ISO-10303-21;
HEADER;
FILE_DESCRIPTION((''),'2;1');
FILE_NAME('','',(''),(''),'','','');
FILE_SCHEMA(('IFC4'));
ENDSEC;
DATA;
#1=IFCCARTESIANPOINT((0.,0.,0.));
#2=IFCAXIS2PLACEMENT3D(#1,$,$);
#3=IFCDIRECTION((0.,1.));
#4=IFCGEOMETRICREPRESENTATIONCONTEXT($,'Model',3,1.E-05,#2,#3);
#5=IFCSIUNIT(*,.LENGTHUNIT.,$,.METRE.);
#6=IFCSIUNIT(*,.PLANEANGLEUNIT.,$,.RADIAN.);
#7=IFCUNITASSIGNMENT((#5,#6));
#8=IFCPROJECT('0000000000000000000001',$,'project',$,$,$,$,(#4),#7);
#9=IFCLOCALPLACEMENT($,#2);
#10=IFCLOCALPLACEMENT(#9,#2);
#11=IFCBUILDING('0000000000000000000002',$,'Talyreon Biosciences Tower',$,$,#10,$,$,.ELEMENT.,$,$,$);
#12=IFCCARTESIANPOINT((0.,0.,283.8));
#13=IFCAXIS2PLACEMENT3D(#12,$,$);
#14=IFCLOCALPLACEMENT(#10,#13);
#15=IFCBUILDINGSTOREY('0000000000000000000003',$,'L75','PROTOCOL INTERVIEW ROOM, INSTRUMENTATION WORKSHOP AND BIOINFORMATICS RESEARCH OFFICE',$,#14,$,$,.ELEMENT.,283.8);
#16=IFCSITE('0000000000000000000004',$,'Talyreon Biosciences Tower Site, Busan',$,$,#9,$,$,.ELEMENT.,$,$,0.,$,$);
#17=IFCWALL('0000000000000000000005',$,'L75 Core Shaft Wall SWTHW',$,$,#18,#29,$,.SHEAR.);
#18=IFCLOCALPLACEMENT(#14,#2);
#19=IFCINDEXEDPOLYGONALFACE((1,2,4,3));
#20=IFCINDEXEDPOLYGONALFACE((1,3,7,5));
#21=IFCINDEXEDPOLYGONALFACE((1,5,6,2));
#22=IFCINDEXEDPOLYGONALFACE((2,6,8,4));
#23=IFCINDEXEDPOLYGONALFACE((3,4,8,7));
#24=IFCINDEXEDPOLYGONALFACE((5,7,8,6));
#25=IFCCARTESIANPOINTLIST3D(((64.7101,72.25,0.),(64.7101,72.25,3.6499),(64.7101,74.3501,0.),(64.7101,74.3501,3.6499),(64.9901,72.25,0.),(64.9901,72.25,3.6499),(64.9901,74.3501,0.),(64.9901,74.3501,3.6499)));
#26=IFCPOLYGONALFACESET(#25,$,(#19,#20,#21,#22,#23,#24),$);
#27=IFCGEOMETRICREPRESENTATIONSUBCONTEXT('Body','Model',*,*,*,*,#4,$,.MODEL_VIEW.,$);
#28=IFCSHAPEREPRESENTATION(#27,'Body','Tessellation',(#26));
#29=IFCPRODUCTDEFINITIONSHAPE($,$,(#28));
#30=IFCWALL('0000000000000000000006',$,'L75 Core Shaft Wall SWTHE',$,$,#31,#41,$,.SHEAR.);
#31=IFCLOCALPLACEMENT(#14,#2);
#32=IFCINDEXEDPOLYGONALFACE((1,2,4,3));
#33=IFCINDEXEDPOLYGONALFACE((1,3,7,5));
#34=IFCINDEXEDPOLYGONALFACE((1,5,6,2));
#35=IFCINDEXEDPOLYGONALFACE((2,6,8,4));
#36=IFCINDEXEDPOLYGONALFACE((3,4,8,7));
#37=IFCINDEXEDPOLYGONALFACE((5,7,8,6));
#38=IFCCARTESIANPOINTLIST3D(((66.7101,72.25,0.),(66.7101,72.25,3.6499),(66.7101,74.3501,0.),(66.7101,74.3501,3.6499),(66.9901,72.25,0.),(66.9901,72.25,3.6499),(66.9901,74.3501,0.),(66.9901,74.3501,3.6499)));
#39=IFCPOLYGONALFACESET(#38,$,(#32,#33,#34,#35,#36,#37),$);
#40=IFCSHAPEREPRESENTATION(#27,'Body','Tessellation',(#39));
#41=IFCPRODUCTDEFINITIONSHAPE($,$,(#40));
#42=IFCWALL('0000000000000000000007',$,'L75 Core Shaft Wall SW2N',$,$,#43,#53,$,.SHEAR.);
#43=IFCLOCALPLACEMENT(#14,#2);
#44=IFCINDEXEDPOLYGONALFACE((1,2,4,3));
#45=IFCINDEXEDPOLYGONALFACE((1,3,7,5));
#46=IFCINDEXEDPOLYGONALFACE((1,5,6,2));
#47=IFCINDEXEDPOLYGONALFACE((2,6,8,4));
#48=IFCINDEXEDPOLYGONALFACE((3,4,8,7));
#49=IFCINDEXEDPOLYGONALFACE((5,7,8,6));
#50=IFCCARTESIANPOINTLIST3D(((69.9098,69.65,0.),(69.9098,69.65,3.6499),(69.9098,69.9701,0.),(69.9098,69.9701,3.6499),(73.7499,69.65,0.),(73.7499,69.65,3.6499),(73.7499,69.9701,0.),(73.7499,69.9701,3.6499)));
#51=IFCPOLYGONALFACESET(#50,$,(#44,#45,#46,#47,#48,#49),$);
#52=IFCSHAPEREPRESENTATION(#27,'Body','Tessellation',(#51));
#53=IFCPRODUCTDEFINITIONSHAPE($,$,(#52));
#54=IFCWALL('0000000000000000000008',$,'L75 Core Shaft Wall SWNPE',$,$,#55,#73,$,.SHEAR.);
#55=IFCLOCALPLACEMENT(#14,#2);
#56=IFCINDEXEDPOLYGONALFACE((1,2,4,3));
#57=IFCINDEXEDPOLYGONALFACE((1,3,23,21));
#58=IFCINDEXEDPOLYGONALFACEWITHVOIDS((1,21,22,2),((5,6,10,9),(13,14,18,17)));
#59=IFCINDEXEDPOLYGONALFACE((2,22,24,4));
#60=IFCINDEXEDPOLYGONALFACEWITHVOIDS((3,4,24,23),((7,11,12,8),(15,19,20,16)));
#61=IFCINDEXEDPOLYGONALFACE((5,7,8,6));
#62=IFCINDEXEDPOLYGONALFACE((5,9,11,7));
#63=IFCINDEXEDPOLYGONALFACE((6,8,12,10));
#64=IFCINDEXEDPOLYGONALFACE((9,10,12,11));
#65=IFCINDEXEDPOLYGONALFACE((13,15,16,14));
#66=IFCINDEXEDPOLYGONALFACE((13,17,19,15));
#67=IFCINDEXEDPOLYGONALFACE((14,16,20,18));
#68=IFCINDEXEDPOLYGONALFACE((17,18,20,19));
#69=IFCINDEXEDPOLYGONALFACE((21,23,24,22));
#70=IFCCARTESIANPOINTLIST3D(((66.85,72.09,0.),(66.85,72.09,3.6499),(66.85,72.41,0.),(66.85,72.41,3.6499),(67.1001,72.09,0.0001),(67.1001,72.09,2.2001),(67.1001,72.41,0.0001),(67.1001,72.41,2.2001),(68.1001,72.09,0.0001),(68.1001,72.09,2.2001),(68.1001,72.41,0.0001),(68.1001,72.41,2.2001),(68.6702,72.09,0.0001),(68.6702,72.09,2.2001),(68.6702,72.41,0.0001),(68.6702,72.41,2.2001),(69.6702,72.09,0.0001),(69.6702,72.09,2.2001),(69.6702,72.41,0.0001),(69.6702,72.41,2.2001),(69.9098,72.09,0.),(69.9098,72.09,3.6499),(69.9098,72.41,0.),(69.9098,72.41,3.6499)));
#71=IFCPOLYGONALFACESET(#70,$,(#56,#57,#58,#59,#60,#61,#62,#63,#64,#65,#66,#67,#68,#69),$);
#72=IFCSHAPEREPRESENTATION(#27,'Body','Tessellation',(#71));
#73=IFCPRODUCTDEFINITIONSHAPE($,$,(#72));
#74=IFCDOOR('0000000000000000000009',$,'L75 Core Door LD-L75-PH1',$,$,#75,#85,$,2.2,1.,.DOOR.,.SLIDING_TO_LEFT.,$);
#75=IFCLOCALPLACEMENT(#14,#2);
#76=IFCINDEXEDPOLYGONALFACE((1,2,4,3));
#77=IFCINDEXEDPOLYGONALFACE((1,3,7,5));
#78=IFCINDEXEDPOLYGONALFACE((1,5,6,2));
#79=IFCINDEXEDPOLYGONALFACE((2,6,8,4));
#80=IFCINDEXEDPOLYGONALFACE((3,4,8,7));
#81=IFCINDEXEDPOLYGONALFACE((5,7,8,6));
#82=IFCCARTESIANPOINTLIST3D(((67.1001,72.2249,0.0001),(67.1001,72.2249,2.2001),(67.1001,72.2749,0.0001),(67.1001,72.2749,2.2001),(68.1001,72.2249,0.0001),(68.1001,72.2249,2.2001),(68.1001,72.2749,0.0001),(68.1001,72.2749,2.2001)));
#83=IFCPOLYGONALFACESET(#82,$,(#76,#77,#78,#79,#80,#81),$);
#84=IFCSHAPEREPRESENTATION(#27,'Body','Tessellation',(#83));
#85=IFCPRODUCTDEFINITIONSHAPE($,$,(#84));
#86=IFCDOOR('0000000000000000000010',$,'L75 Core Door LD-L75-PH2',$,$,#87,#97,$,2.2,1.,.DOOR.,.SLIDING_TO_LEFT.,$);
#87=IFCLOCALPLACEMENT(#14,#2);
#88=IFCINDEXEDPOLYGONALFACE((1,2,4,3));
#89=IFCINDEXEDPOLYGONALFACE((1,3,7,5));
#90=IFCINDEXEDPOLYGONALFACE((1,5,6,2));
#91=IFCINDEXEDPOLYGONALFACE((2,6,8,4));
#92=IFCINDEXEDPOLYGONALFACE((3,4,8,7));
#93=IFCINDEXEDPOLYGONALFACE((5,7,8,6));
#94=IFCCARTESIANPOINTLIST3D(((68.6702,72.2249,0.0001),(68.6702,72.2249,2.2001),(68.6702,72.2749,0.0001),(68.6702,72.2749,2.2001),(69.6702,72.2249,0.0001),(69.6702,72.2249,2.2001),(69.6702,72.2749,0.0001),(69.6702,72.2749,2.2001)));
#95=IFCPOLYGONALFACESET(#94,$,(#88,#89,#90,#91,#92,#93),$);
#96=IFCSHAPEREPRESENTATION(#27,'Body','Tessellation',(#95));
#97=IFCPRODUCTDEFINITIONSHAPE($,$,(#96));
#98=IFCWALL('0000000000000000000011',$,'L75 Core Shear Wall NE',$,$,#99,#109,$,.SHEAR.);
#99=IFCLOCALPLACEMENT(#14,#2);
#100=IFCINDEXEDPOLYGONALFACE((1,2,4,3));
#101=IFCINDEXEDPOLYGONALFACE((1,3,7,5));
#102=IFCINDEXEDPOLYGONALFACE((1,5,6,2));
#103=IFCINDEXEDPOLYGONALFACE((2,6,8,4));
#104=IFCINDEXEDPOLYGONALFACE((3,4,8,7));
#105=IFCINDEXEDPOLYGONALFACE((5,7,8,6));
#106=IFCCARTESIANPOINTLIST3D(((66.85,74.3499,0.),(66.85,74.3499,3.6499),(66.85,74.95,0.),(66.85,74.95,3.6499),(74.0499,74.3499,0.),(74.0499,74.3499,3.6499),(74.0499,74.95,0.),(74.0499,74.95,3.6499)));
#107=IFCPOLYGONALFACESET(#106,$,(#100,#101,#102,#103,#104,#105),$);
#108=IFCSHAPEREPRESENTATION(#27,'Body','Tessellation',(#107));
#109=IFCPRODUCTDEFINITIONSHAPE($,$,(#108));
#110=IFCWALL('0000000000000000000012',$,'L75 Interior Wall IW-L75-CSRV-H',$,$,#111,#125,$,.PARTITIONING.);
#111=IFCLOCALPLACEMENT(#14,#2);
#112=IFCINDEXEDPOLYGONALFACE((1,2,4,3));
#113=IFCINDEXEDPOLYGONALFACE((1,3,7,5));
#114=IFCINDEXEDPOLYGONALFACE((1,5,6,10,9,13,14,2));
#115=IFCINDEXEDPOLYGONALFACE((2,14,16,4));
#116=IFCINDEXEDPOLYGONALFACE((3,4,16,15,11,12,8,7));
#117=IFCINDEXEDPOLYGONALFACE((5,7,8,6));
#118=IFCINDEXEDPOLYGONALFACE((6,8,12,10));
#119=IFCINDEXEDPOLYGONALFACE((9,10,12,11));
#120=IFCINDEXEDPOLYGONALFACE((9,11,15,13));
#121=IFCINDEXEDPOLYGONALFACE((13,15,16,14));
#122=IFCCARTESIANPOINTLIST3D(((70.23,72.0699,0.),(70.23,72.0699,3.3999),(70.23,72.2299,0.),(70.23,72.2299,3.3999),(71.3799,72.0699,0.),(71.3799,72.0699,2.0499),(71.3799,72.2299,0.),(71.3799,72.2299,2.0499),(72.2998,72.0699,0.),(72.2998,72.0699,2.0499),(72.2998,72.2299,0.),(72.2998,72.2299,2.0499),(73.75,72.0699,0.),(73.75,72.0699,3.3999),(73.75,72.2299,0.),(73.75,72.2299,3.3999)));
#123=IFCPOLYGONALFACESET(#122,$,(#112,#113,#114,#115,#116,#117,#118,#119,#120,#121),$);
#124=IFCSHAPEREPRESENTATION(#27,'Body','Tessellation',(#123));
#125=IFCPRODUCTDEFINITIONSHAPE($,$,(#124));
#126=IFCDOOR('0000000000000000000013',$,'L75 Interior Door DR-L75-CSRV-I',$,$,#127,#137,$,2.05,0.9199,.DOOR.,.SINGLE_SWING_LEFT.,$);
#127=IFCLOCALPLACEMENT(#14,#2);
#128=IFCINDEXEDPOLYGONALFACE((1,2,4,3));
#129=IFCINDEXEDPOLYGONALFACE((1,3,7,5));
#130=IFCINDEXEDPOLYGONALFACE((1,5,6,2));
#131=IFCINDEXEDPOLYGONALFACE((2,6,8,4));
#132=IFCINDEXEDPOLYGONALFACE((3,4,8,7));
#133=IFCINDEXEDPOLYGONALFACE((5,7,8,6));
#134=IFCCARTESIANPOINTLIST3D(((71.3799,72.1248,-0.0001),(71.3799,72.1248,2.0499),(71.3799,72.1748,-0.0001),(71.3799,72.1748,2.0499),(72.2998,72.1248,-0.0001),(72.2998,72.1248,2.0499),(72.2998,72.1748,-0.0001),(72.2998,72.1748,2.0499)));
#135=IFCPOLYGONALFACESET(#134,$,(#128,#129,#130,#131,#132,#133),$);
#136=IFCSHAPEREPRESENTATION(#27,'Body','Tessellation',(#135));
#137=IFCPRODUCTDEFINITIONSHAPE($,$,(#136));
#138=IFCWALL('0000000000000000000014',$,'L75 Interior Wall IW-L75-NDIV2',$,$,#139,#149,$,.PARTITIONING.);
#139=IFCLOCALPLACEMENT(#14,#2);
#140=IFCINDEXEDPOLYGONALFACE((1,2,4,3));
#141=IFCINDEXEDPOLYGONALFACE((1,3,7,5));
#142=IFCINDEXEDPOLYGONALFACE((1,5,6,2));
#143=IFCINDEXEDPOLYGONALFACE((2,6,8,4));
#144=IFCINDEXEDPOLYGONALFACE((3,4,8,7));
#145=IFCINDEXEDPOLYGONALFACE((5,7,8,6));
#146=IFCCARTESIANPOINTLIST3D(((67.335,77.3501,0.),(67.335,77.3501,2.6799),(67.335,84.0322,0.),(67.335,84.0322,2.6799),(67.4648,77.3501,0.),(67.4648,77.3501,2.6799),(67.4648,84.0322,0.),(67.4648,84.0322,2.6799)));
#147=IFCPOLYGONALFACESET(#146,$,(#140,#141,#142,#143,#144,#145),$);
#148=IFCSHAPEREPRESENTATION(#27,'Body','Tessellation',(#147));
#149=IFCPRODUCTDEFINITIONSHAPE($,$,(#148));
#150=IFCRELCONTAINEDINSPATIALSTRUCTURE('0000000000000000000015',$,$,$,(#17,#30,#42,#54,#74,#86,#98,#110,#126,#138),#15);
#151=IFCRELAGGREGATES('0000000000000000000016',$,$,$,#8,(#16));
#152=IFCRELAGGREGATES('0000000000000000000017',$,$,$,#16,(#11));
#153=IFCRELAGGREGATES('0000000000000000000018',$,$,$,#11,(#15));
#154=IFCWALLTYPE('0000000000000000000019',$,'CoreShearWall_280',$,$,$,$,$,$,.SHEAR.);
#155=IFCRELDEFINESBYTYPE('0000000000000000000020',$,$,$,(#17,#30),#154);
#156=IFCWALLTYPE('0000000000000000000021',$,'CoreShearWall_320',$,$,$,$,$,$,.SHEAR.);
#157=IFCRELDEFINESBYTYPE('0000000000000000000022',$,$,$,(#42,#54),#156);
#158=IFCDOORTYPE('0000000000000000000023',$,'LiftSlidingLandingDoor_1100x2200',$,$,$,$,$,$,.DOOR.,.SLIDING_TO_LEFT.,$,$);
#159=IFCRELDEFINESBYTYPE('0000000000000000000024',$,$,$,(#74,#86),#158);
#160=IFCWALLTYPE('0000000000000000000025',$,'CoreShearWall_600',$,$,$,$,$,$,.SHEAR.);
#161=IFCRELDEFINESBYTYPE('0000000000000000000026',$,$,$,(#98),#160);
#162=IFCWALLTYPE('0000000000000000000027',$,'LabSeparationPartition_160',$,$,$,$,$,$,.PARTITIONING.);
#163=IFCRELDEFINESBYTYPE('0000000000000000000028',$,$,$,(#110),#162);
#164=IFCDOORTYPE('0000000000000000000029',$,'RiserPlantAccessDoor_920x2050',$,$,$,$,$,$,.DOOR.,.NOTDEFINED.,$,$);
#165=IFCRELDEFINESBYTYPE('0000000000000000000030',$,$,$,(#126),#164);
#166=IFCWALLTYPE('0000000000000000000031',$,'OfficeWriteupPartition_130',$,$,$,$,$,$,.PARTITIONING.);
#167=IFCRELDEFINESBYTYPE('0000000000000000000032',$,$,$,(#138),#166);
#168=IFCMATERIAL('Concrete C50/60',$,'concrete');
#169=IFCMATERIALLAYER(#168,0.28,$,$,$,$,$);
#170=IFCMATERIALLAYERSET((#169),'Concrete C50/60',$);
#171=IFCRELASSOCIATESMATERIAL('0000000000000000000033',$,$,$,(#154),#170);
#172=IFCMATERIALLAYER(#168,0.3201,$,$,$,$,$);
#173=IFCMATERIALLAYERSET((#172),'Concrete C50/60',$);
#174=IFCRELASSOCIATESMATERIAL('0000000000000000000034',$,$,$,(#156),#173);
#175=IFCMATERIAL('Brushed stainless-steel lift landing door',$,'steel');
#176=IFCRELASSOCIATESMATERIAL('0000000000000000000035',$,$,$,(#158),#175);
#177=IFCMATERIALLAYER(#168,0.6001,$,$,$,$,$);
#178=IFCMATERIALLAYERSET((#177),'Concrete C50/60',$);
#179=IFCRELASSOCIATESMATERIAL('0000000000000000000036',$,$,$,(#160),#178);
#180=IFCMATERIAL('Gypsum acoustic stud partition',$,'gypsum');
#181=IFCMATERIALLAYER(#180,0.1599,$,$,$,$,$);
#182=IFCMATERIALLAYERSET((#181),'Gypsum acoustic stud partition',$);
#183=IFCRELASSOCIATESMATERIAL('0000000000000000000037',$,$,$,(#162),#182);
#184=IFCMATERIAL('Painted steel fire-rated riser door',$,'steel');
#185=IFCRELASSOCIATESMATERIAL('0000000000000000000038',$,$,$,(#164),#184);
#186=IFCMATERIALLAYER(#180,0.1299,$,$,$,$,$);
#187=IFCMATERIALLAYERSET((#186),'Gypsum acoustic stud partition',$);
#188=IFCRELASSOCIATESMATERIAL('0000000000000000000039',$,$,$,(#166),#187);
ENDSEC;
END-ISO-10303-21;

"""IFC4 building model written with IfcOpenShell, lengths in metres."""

from ifc_helpers import new_model, si_unit, direction, frame, frame_2d, origin, place, context, subcontext, project, spatial, rectangle, extrude, material, layer, layer_set, type_object, element, fill, save


model = new_model("IFC4")

# Units and contexts
model_context = context("Model", 3, precision=1e-05, world=origin(), true_north=direction((0.0, 1.0)))
body_context = subcontext(model_context, "Body", "Model", "MODEL_VIEW")
ifc_project = project(units=[si_unit("LENGTHUNIT", "METRE"), si_unit("PLANEANGLEUNIT", "RADIAN")], contexts=[model_context])

# Site, building, storey
site_placement = place(None, origin())
site = spatial("IfcSite", under=ifc_project, at=site_placement, Name="Talyreon Biosciences Tower Site, Busan", CompositionType="ELEMENT", RefElevation=0.0)
building_placement = place(site_placement, origin())
building = spatial("IfcBuilding", under=site, at=building_placement, Name="Talyreon Biosciences Tower", CompositionType="ELEMENT")
storey_placement = place(building_placement, frame((0.0, 0.0, 283.8)))
storey = spatial("IfcBuildingStorey", under=building, at=storey_placement, Name="L75", Description="PROTOCOL INTERVIEW ROOM, INSTRUMENTATION WORKSHOP AND BIOINFORMATICS RESEARCH OFFICE", CompositionType="ELEMENT", Elevation=283.8)

# Shared definitions
ifc_material_1 = material(Name="Concrete C50/60", Category="concrete")

# Walls
ifc_layer_1 = layer(ifc_material_1, 0.28)
ifc_layer_set_1 = layer_set([ifc_layer_1], Name="Concrete C50/60")
wall_type_1 = type_object("IfcWallType", Name="CoreShearWall_280", PredefinedType="SHEAR", material=ifc_layer_set_1)
for number, where, z_axis, x_axis, name in (
    (1, (64.8501, 72.25, 0.0), (0.0, 0.0, 1.0), (0.0, 1.0, 0.0), "L75 Core Shaft Wall SWTHW"),
    (2, (66.8501, 72.25, 0.0), (0.0, 0.0, 1.0), (0.0, 1.0, 0.0), "L75 Core Shaft Wall SWTHE"),
):
    element("IfcWall", number, at=place(storey_placement, frame(where, z_axis=z_axis, x_axis=x_axis)), inside=storey, type_object=wall_type_1, Name=name, PredefinedType="SHEAR", context=body_context, shape_type="SweptSolid", body=[
        extrude(rectangle(XDim=2.1001, YDim=0.28, at=frame_2d((1.05, 0.0))), origin(), (0.0, 0.0, 1.0), 3.6499),
    ])
ifc_layer_2 = layer(ifc_material_1, 0.3201)
ifc_layer_set_2 = layer_set([ifc_layer_2], Name="Concrete C50/60")
wall_type_2 = type_object("IfcWallType", Name="CoreShearWall_320", PredefinedType="SHEAR", material=ifc_layer_set_2)
wall_1_placement = place(storey_placement, frame((69.9099, 69.8101, 0.0), z_axis=(0.0, 0.0, 1.0), x_axis=(1.0, 0.0, 0.0)))
element("IfcWall", 3, at=wall_1_placement, inside=storey, type_object=wall_type_2, Name="L75 Core Shaft Wall SW2N", PredefinedType="SHEAR", context=body_context, shape_type="SweptSolid", body=[
    extrude(rectangle(XDim=3.8401, YDim=0.3201, at=frame_2d((1.9199, 0.0))), origin(), (0.0, 0.0, 1.0), 3.6499),
])

# Wall, openings, doors
wall_2_placement = place(storey_placement, frame((66.8501, 72.25, 0.0), z_axis=(0.0, 0.0, 1.0), x_axis=(1.0, 0.0, 0.0)))
wall_2 = element("IfcWall", 4, at=wall_2_placement, inside=storey, type_object=wall_type_2, Name="L75 Core Shaft Wall SWNPE", PredefinedType="SHEAR", context=body_context, shape_type="SweptSolid", body=[
    extrude(rectangle(XDim=3.0598, YDim=0.3201, at=frame_2d((1.5298, 0.0))), origin(), (0.0, 0.0, 1.0), 3.6499),
])
opening_1_placement = place(wall_2_placement, frame((0.25, 0.0, 0.0)))
opening_1 = element("IfcOpeningElement", 5, at=opening_1_placement, cuts=wall_2, PredefinedType="OPENING", context=body_context, shape_type="SweptSolid", body=[
    extrude(rectangle(XDim=1.0, YDim=2.2, at=frame_2d((0.5, 1.1001))), frame((0.0, 0.1699, 0.0), z_axis=(0.0, -1.0, 0.0), x_axis=(1.0, 0.0, 0.0)), (0.0, 0.0, 1.0), 0.3401),
])
opening_2_placement = place(wall_2_placement, frame((1.8201, 0.0, 0.0)))
opening_2 = element("IfcOpeningElement", 6, at=opening_2_placement, cuts=wall_2, PredefinedType="OPENING", context=body_context, shape_type="SweptSolid", body=[
    extrude(rectangle(XDim=1.0, YDim=2.2, at=frame_2d((0.5, 1.1001))), frame((0.0, 0.1699, 0.0), z_axis=(0.0, -1.0, 0.0), x_axis=(1.0, 0.0, 0.0)), (0.0, 0.0, 1.0), 0.3401),
])
ifc_material_2 = material(Name="Brushed stainless-steel lift landing door", Category="steel")
door_type_1 = type_object("IfcDoorType", Name="LiftSlidingLandingDoor_1100x2200", OperationType="SLIDING_TO_LEFT", PredefinedType="DOOR", material=ifc_material_2)
door_1_placement = place(opening_1_placement, origin())
door_1 = element("IfcDoor", 7, at=door_1_placement, inside=storey, type_object=door_type_1, Name="L75 Core Door LD-L75-PH1", OperationType="SLIDING_TO_LEFT", OverallHeight=2.2, OverallWidth=1.0, PredefinedType="DOOR", context=body_context, shape_type="SweptSolid", body=[
    extrude(rectangle(XDim=1.0, YDim=2.2, at=frame_2d((0.5, 1.1001))), frame((0.0, 0.0249, 0.0), z_axis=(0.0, -1.0, 0.0), x_axis=(1.0, 0.0, 0.0)), (0.0, 0.0, 1.0), 0.05),
])
fill(opening_1, door_1)
door_2_placement = place(opening_2_placement, origin())
door_2 = element("IfcDoor", 8, at=door_2_placement, inside=storey, type_object=door_type_1, Name="L75 Core Door LD-L75-PH2", OperationType="SLIDING_TO_LEFT", OverallHeight=2.2, OverallWidth=1.0, PredefinedType="DOOR", context=body_context, shape_type="SweptSolid", body=[
    extrude(rectangle(XDim=1.0, YDim=2.2, at=frame_2d((0.5, 1.1001))), frame((0.0, 0.0249, 0.0), z_axis=(0.0, -1.0, 0.0), x_axis=(1.0, 0.0, 0.0)), (0.0, 0.0, 1.0), 0.05),
])
fill(opening_2, door_2)

# Wall
ifc_layer_3 = layer(ifc_material_1, 0.6001)
ifc_layer_set_3 = layer_set([ifc_layer_3], Name="Concrete C50/60")
wall_type_3 = type_object("IfcWallType", Name="CoreShearWall_600", PredefinedType="SHEAR", material=ifc_layer_set_3)
wall_3_placement = place(storey_placement, frame((74.05, 74.6499, 0.0), z_axis=(0.0, 0.0, 1.0), x_axis=(-1.0, 0.0, 0.0)))
element("IfcWall", 9, at=wall_3_placement, inside=storey, type_object=wall_type_3, Name="L75 Core Shear Wall NE", PredefinedType="SHEAR", context=body_context, shape_type="SweptSolid", body=[
    extrude(rectangle(XDim=7.2, YDim=0.6001, at=frame_2d((3.6001, 0.0))), origin(), (0.0, 0.0, 1.0), 3.6499),
])

# Wall, opening, door
ifc_material_3 = material(Name="Gypsum acoustic stud partition", Category="gypsum")
ifc_layer_4 = layer(ifc_material_3, 0.1599)
ifc_layer_set_4 = layer_set([ifc_layer_4], Name="Gypsum acoustic stud partition")
wall_type_4 = type_object("IfcWallType", Name="LabSeparationPartition_160", PredefinedType="PARTITIONING", material=ifc_layer_set_4)
wall_4_placement = place(storey_placement, frame((70.23, 72.1499, 0.0), z_axis=(0.0, 0.0, 1.0), x_axis=(1.0, 0.0, 0.0)))
wall_4 = element("IfcWall", 10, at=wall_4_placement, inside=storey, type_object=wall_type_4, Name="L75 Interior Wall IW-L75-CSRV-H", PredefinedType="PARTITIONING", context=body_context, shape_type="SweptSolid", body=[
    extrude(rectangle(XDim=3.52, YDim=0.1599, at=frame_2d((1.76, 0.0))), origin(), (0.0, 0.0, 1.0), 3.3999),
])
opening_3_placement = place(wall_4_placement, frame((1.1499, 0.0, 0.0)))
opening_3 = element("IfcOpeningElement", 11, at=opening_3_placement, cuts=wall_4, PredefinedType="OPENING", context=body_context, shape_type="SweptSolid", body=[
    extrude(rectangle(XDim=0.9199, YDim=2.05, at=frame_2d((0.46, 1.0249))), frame((0.0, 0.0898, 0.0), z_axis=(0.0, -1.0, 0.0), x_axis=(1.0, 0.0, 0.0)), (0.0, 0.0, 1.0), 0.1799),
])
ifc_material_4 = material(Name="Painted steel fire-rated riser door", Category="steel")
door_type_2 = type_object("IfcDoorType", Name="RiserPlantAccessDoor_920x2050", OperationType="NOTDEFINED", PredefinedType="DOOR", material=ifc_material_4)
door_3_placement = place(opening_3_placement, origin())
door_3 = element("IfcDoor", 12, at=door_3_placement, inside=storey, type_object=door_type_2, Name="L75 Interior Door DR-L75-CSRV-I", OperationType="SINGLE_SWING_LEFT", OverallHeight=2.05, OverallWidth=0.9199, PredefinedType="DOOR", context=body_context, shape_type="SweptSolid", body=[
    extrude(rectangle(XDim=0.9199, YDim=2.05, at=frame_2d((0.46, 1.0249))), frame((0.0, 0.0249, 0.0), z_axis=(0.0, -1.0, 0.0), x_axis=(1.0, 0.0, 0.0)), (0.0, 0.0, 1.0), 0.05),
])
fill(opening_3, door_3)

# Wall
ifc_layer_5 = layer(ifc_material_3, 0.1299)
ifc_layer_set_5 = layer_set([ifc_layer_5], Name="Gypsum acoustic stud partition")
wall_type_5 = type_object("IfcWallType", Name="OfficeWriteupPartition_130", PredefinedType="PARTITIONING", material=ifc_layer_set_5)
wall_5_placement = place(storey_placement, frame((67.3999, 77.3501, 0.0), z_axis=(0.0, 0.0, 1.0), x_axis=(0.0, 1.0, 0.0)))
element("IfcWall", 13, at=wall_5_placement, inside=storey, type_object=wall_type_5, Name="L75 Interior Wall IW-L75-NDIV2", PredefinedType="PARTITIONING", context=body_context, shape_type="SweptSolid", body=[
    extrude(rectangle(XDim=6.6821, YDim=0.1299, at=frame_2d((3.3411, 0.0))), origin(), (0.0, 0.0, 1.0), 2.6799),
])

save(model, "model.ifc")
